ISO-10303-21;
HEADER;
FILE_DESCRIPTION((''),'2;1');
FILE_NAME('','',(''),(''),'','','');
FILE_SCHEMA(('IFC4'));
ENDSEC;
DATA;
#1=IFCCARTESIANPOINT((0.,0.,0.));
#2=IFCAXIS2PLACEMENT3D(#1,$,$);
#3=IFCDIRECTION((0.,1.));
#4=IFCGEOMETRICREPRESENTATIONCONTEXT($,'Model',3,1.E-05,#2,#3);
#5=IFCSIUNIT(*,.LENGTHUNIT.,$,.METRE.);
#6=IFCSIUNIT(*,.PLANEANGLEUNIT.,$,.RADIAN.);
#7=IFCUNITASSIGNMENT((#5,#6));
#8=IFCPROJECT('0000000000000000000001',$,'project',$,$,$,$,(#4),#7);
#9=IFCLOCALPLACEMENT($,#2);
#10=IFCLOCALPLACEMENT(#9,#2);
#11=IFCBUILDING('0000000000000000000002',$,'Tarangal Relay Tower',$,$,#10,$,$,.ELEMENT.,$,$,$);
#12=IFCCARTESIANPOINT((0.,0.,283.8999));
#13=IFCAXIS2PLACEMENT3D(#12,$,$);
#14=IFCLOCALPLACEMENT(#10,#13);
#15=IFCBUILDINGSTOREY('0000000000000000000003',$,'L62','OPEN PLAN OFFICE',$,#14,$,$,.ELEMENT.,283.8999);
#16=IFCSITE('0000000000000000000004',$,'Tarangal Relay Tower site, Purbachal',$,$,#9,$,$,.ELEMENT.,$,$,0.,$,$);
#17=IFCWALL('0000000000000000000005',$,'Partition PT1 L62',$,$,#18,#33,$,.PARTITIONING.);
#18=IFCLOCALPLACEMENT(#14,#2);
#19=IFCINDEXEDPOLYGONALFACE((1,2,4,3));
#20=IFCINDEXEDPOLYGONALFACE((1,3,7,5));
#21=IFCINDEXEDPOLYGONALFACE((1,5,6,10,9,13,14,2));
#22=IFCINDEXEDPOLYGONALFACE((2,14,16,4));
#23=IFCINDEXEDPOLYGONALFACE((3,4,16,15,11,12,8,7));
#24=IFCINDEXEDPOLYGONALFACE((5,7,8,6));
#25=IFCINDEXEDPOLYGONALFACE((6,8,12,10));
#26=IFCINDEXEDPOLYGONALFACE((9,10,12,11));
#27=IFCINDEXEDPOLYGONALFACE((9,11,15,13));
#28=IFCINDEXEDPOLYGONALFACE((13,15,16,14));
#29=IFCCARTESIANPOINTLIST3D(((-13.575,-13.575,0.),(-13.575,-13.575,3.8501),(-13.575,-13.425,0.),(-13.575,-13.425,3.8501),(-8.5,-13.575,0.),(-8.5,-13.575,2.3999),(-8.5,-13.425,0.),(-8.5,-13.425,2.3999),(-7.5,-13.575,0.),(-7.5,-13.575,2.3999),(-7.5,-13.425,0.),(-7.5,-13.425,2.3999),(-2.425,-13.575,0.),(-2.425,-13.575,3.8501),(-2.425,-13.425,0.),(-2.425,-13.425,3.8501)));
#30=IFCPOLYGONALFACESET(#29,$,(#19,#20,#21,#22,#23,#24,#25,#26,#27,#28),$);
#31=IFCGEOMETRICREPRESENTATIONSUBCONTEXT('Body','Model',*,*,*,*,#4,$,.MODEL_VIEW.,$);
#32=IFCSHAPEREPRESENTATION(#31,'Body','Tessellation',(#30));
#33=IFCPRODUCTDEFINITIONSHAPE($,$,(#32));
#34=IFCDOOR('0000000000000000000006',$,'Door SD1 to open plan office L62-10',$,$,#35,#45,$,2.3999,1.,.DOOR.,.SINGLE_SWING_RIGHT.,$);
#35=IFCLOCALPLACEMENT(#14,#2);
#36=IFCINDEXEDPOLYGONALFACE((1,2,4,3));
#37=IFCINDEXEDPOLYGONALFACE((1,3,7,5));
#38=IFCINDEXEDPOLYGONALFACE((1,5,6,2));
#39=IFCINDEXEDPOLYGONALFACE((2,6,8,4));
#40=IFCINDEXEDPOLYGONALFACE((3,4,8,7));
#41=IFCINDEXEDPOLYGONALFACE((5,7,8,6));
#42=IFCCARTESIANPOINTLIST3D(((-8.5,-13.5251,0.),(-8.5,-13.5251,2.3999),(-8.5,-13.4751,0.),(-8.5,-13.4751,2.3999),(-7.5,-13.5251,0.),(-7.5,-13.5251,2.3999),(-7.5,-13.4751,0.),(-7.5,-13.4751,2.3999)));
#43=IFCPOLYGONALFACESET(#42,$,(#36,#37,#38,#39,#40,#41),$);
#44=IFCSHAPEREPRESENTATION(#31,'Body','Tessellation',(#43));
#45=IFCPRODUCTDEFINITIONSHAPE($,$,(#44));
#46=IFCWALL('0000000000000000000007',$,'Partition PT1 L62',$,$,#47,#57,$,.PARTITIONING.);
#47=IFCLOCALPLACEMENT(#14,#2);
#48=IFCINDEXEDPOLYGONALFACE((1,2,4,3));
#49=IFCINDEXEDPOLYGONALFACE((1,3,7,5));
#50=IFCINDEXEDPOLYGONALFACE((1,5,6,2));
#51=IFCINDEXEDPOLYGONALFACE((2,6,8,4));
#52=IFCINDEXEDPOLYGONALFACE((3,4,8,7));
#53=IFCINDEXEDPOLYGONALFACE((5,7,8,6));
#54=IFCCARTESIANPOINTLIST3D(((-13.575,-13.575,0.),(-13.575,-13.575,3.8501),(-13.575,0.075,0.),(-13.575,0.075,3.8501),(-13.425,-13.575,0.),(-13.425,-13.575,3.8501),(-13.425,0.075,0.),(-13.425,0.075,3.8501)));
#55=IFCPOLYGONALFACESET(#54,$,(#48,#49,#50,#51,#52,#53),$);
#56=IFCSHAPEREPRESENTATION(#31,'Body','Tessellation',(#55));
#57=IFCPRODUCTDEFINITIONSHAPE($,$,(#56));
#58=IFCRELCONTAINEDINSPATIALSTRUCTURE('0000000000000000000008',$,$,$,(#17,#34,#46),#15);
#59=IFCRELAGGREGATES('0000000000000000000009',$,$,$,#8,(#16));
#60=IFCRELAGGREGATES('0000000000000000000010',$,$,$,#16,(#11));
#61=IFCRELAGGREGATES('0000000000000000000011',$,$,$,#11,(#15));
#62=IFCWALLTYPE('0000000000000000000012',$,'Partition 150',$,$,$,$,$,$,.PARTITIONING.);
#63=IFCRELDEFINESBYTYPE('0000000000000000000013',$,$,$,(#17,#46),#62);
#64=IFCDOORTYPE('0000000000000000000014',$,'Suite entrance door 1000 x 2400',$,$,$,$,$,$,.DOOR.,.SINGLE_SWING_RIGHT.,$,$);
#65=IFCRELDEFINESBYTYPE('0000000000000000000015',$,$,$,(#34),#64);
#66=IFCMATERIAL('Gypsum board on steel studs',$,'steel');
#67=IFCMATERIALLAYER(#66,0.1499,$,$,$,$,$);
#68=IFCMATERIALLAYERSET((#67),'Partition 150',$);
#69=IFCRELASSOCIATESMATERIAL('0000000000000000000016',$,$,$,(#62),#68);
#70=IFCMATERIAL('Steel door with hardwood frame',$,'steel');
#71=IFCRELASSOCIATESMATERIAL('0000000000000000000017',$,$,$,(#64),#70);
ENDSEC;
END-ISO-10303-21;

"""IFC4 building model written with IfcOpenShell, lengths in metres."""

from ifc_helpers import new_model, si_unit, direction, frame, frame_2d, origin, place, context, subcontext, project, spatial, rectangle, extrude, material, layer, layer_set, type_object, element, fill, save


model = new_model("IFC4")

# Units and contexts
model_context = context("Model", 3, precision=1e-05, world=origin(), true_north=direction((0.0, 1.0)))
body_context = subcontext(model_context, "Body", "Model", "MODEL_VIEW")
ifc_project = project(units=[si_unit("LENGTHUNIT", "METRE"), si_unit("PLANEANGLEUNIT", "RADIAN")], contexts=[model_context])

# Site, building, storey
site_placement = place(None, origin())
site = spatial("IfcSite", under=ifc_project, at=site_placement, Name="Tarangal Relay Tower site, Purbachal", CompositionType="ELEMENT", RefElevation=0.0)
building_placement = place(site_placement, origin())
building = spatial("IfcBuilding", under=site, at=building_placement, Name="Tarangal Relay Tower", CompositionType="ELEMENT")
storey_placement = place(building_placement, frame((0.0, 0.0, 283.8999)))
storey = spatial("IfcBuildingStorey", under=building, at=storey_placement, Name="L62", Description="OPEN PLAN OFFICE", CompositionType="ELEMENT", Elevation=283.8999)

# Wall, opening, door
ifc_material_1 = material(Name="Gypsum board on steel studs", Category="steel")
ifc_layer_1 = layer(ifc_material_1, 0.1499)
ifc_layer_set_1 = layer_set([ifc_layer_1], Name="Partition 150")
wall_type_1 = type_object("IfcWallType", Name="Partition 150", PredefinedType="PARTITIONING", material=ifc_layer_set_1)
wall_1_placement = place(storey_placement, frame((-13.575, -13.5, 0.0), z_axis=(0.0, 0.0, 1.0), x_axis=(1.0, 0.0, 0.0)))
wall_1 = element("IfcWall", 1, at=wall_1_placement, inside=storey, type_object=wall_type_1, Name="Partition PT1 L62", PredefinedType="PARTITIONING", context=body_context, shape_type="SweptSolid", body=[
    extrude(rectangle(XDim=11.1499, YDim=0.1499, at=frame_2d((5.575, 0.0))), origin(), (0.0, 0.0, 1.0), 3.8501),
])
opening_1_placement = place(wall_1_placement, frame((5.075, 0.0, 0.0)))
opening_1 = element("IfcOpeningElement", 2, at=opening_1_placement, cuts=wall_1, PredefinedType="OPENING", context=body_context, shape_type="SweptSolid", body=[
    extrude(rectangle(XDim=1.0, YDim=2.3999, at=frame_2d((0.5, 1.2))), frame((0.0, 0.085, 0.0), z_axis=(0.0, -1.0, 0.0), x_axis=(1.0, 0.0, 0.0)), (0.0, 0.0, 1.0), 0.1699),
])
ifc_material_2 = material(Name="Steel door with hardwood frame", Category="steel")
door_type_1 = type_object("IfcDoorType", Name="Suite entrance door 1000 x 2400", OperationType="SINGLE_SWING_RIGHT", PredefinedType="DOOR", material=ifc_material_2)
door_1_placement = place(opening_1_placement, origin())
door_1 = element("IfcDoor", 3, at=door_1_placement, inside=storey, type_object=door_type_1, Name="Door SD1 to open plan office L62-10", OperationType="SINGLE_SWING_RIGHT", OverallHeight=2.3999, OverallWidth=1.0, PredefinedType="DOOR", context=body_context, shape_type="SweptSolid", body=[
    extrude(rectangle(XDim=1.0, YDim=2.3999, at=frame_2d((0.5, 1.2))), frame((0.0, 0.0249, 0.0), z_axis=(0.0, -1.0, 0.0), x_axis=(1.0, 0.0, 0.0)), (0.0, 0.0, 1.0), 0.05),
])
fill(opening_1, door_1)

# Wall
wall_2_placement = place(storey_placement, frame((-13.5, -13.575, 0.0), z_axis=(0.0, 0.0, 1.0), x_axis=(0.0, 1.0, 0.0)))
element("IfcWall", 4, at=wall_2_placement, inside=storey, type_object=wall_type_1, Name="Partition PT1 L62", PredefinedType="PARTITIONING", context=body_context, shape_type="SweptSolid", body=[
    extrude(rectangle(XDim=13.6499, YDim=0.1499, at=frame_2d((6.825, 0.0))), origin(), (0.0, 0.0, 1.0), 3.8501),
])

save(model, "model.ifc")
